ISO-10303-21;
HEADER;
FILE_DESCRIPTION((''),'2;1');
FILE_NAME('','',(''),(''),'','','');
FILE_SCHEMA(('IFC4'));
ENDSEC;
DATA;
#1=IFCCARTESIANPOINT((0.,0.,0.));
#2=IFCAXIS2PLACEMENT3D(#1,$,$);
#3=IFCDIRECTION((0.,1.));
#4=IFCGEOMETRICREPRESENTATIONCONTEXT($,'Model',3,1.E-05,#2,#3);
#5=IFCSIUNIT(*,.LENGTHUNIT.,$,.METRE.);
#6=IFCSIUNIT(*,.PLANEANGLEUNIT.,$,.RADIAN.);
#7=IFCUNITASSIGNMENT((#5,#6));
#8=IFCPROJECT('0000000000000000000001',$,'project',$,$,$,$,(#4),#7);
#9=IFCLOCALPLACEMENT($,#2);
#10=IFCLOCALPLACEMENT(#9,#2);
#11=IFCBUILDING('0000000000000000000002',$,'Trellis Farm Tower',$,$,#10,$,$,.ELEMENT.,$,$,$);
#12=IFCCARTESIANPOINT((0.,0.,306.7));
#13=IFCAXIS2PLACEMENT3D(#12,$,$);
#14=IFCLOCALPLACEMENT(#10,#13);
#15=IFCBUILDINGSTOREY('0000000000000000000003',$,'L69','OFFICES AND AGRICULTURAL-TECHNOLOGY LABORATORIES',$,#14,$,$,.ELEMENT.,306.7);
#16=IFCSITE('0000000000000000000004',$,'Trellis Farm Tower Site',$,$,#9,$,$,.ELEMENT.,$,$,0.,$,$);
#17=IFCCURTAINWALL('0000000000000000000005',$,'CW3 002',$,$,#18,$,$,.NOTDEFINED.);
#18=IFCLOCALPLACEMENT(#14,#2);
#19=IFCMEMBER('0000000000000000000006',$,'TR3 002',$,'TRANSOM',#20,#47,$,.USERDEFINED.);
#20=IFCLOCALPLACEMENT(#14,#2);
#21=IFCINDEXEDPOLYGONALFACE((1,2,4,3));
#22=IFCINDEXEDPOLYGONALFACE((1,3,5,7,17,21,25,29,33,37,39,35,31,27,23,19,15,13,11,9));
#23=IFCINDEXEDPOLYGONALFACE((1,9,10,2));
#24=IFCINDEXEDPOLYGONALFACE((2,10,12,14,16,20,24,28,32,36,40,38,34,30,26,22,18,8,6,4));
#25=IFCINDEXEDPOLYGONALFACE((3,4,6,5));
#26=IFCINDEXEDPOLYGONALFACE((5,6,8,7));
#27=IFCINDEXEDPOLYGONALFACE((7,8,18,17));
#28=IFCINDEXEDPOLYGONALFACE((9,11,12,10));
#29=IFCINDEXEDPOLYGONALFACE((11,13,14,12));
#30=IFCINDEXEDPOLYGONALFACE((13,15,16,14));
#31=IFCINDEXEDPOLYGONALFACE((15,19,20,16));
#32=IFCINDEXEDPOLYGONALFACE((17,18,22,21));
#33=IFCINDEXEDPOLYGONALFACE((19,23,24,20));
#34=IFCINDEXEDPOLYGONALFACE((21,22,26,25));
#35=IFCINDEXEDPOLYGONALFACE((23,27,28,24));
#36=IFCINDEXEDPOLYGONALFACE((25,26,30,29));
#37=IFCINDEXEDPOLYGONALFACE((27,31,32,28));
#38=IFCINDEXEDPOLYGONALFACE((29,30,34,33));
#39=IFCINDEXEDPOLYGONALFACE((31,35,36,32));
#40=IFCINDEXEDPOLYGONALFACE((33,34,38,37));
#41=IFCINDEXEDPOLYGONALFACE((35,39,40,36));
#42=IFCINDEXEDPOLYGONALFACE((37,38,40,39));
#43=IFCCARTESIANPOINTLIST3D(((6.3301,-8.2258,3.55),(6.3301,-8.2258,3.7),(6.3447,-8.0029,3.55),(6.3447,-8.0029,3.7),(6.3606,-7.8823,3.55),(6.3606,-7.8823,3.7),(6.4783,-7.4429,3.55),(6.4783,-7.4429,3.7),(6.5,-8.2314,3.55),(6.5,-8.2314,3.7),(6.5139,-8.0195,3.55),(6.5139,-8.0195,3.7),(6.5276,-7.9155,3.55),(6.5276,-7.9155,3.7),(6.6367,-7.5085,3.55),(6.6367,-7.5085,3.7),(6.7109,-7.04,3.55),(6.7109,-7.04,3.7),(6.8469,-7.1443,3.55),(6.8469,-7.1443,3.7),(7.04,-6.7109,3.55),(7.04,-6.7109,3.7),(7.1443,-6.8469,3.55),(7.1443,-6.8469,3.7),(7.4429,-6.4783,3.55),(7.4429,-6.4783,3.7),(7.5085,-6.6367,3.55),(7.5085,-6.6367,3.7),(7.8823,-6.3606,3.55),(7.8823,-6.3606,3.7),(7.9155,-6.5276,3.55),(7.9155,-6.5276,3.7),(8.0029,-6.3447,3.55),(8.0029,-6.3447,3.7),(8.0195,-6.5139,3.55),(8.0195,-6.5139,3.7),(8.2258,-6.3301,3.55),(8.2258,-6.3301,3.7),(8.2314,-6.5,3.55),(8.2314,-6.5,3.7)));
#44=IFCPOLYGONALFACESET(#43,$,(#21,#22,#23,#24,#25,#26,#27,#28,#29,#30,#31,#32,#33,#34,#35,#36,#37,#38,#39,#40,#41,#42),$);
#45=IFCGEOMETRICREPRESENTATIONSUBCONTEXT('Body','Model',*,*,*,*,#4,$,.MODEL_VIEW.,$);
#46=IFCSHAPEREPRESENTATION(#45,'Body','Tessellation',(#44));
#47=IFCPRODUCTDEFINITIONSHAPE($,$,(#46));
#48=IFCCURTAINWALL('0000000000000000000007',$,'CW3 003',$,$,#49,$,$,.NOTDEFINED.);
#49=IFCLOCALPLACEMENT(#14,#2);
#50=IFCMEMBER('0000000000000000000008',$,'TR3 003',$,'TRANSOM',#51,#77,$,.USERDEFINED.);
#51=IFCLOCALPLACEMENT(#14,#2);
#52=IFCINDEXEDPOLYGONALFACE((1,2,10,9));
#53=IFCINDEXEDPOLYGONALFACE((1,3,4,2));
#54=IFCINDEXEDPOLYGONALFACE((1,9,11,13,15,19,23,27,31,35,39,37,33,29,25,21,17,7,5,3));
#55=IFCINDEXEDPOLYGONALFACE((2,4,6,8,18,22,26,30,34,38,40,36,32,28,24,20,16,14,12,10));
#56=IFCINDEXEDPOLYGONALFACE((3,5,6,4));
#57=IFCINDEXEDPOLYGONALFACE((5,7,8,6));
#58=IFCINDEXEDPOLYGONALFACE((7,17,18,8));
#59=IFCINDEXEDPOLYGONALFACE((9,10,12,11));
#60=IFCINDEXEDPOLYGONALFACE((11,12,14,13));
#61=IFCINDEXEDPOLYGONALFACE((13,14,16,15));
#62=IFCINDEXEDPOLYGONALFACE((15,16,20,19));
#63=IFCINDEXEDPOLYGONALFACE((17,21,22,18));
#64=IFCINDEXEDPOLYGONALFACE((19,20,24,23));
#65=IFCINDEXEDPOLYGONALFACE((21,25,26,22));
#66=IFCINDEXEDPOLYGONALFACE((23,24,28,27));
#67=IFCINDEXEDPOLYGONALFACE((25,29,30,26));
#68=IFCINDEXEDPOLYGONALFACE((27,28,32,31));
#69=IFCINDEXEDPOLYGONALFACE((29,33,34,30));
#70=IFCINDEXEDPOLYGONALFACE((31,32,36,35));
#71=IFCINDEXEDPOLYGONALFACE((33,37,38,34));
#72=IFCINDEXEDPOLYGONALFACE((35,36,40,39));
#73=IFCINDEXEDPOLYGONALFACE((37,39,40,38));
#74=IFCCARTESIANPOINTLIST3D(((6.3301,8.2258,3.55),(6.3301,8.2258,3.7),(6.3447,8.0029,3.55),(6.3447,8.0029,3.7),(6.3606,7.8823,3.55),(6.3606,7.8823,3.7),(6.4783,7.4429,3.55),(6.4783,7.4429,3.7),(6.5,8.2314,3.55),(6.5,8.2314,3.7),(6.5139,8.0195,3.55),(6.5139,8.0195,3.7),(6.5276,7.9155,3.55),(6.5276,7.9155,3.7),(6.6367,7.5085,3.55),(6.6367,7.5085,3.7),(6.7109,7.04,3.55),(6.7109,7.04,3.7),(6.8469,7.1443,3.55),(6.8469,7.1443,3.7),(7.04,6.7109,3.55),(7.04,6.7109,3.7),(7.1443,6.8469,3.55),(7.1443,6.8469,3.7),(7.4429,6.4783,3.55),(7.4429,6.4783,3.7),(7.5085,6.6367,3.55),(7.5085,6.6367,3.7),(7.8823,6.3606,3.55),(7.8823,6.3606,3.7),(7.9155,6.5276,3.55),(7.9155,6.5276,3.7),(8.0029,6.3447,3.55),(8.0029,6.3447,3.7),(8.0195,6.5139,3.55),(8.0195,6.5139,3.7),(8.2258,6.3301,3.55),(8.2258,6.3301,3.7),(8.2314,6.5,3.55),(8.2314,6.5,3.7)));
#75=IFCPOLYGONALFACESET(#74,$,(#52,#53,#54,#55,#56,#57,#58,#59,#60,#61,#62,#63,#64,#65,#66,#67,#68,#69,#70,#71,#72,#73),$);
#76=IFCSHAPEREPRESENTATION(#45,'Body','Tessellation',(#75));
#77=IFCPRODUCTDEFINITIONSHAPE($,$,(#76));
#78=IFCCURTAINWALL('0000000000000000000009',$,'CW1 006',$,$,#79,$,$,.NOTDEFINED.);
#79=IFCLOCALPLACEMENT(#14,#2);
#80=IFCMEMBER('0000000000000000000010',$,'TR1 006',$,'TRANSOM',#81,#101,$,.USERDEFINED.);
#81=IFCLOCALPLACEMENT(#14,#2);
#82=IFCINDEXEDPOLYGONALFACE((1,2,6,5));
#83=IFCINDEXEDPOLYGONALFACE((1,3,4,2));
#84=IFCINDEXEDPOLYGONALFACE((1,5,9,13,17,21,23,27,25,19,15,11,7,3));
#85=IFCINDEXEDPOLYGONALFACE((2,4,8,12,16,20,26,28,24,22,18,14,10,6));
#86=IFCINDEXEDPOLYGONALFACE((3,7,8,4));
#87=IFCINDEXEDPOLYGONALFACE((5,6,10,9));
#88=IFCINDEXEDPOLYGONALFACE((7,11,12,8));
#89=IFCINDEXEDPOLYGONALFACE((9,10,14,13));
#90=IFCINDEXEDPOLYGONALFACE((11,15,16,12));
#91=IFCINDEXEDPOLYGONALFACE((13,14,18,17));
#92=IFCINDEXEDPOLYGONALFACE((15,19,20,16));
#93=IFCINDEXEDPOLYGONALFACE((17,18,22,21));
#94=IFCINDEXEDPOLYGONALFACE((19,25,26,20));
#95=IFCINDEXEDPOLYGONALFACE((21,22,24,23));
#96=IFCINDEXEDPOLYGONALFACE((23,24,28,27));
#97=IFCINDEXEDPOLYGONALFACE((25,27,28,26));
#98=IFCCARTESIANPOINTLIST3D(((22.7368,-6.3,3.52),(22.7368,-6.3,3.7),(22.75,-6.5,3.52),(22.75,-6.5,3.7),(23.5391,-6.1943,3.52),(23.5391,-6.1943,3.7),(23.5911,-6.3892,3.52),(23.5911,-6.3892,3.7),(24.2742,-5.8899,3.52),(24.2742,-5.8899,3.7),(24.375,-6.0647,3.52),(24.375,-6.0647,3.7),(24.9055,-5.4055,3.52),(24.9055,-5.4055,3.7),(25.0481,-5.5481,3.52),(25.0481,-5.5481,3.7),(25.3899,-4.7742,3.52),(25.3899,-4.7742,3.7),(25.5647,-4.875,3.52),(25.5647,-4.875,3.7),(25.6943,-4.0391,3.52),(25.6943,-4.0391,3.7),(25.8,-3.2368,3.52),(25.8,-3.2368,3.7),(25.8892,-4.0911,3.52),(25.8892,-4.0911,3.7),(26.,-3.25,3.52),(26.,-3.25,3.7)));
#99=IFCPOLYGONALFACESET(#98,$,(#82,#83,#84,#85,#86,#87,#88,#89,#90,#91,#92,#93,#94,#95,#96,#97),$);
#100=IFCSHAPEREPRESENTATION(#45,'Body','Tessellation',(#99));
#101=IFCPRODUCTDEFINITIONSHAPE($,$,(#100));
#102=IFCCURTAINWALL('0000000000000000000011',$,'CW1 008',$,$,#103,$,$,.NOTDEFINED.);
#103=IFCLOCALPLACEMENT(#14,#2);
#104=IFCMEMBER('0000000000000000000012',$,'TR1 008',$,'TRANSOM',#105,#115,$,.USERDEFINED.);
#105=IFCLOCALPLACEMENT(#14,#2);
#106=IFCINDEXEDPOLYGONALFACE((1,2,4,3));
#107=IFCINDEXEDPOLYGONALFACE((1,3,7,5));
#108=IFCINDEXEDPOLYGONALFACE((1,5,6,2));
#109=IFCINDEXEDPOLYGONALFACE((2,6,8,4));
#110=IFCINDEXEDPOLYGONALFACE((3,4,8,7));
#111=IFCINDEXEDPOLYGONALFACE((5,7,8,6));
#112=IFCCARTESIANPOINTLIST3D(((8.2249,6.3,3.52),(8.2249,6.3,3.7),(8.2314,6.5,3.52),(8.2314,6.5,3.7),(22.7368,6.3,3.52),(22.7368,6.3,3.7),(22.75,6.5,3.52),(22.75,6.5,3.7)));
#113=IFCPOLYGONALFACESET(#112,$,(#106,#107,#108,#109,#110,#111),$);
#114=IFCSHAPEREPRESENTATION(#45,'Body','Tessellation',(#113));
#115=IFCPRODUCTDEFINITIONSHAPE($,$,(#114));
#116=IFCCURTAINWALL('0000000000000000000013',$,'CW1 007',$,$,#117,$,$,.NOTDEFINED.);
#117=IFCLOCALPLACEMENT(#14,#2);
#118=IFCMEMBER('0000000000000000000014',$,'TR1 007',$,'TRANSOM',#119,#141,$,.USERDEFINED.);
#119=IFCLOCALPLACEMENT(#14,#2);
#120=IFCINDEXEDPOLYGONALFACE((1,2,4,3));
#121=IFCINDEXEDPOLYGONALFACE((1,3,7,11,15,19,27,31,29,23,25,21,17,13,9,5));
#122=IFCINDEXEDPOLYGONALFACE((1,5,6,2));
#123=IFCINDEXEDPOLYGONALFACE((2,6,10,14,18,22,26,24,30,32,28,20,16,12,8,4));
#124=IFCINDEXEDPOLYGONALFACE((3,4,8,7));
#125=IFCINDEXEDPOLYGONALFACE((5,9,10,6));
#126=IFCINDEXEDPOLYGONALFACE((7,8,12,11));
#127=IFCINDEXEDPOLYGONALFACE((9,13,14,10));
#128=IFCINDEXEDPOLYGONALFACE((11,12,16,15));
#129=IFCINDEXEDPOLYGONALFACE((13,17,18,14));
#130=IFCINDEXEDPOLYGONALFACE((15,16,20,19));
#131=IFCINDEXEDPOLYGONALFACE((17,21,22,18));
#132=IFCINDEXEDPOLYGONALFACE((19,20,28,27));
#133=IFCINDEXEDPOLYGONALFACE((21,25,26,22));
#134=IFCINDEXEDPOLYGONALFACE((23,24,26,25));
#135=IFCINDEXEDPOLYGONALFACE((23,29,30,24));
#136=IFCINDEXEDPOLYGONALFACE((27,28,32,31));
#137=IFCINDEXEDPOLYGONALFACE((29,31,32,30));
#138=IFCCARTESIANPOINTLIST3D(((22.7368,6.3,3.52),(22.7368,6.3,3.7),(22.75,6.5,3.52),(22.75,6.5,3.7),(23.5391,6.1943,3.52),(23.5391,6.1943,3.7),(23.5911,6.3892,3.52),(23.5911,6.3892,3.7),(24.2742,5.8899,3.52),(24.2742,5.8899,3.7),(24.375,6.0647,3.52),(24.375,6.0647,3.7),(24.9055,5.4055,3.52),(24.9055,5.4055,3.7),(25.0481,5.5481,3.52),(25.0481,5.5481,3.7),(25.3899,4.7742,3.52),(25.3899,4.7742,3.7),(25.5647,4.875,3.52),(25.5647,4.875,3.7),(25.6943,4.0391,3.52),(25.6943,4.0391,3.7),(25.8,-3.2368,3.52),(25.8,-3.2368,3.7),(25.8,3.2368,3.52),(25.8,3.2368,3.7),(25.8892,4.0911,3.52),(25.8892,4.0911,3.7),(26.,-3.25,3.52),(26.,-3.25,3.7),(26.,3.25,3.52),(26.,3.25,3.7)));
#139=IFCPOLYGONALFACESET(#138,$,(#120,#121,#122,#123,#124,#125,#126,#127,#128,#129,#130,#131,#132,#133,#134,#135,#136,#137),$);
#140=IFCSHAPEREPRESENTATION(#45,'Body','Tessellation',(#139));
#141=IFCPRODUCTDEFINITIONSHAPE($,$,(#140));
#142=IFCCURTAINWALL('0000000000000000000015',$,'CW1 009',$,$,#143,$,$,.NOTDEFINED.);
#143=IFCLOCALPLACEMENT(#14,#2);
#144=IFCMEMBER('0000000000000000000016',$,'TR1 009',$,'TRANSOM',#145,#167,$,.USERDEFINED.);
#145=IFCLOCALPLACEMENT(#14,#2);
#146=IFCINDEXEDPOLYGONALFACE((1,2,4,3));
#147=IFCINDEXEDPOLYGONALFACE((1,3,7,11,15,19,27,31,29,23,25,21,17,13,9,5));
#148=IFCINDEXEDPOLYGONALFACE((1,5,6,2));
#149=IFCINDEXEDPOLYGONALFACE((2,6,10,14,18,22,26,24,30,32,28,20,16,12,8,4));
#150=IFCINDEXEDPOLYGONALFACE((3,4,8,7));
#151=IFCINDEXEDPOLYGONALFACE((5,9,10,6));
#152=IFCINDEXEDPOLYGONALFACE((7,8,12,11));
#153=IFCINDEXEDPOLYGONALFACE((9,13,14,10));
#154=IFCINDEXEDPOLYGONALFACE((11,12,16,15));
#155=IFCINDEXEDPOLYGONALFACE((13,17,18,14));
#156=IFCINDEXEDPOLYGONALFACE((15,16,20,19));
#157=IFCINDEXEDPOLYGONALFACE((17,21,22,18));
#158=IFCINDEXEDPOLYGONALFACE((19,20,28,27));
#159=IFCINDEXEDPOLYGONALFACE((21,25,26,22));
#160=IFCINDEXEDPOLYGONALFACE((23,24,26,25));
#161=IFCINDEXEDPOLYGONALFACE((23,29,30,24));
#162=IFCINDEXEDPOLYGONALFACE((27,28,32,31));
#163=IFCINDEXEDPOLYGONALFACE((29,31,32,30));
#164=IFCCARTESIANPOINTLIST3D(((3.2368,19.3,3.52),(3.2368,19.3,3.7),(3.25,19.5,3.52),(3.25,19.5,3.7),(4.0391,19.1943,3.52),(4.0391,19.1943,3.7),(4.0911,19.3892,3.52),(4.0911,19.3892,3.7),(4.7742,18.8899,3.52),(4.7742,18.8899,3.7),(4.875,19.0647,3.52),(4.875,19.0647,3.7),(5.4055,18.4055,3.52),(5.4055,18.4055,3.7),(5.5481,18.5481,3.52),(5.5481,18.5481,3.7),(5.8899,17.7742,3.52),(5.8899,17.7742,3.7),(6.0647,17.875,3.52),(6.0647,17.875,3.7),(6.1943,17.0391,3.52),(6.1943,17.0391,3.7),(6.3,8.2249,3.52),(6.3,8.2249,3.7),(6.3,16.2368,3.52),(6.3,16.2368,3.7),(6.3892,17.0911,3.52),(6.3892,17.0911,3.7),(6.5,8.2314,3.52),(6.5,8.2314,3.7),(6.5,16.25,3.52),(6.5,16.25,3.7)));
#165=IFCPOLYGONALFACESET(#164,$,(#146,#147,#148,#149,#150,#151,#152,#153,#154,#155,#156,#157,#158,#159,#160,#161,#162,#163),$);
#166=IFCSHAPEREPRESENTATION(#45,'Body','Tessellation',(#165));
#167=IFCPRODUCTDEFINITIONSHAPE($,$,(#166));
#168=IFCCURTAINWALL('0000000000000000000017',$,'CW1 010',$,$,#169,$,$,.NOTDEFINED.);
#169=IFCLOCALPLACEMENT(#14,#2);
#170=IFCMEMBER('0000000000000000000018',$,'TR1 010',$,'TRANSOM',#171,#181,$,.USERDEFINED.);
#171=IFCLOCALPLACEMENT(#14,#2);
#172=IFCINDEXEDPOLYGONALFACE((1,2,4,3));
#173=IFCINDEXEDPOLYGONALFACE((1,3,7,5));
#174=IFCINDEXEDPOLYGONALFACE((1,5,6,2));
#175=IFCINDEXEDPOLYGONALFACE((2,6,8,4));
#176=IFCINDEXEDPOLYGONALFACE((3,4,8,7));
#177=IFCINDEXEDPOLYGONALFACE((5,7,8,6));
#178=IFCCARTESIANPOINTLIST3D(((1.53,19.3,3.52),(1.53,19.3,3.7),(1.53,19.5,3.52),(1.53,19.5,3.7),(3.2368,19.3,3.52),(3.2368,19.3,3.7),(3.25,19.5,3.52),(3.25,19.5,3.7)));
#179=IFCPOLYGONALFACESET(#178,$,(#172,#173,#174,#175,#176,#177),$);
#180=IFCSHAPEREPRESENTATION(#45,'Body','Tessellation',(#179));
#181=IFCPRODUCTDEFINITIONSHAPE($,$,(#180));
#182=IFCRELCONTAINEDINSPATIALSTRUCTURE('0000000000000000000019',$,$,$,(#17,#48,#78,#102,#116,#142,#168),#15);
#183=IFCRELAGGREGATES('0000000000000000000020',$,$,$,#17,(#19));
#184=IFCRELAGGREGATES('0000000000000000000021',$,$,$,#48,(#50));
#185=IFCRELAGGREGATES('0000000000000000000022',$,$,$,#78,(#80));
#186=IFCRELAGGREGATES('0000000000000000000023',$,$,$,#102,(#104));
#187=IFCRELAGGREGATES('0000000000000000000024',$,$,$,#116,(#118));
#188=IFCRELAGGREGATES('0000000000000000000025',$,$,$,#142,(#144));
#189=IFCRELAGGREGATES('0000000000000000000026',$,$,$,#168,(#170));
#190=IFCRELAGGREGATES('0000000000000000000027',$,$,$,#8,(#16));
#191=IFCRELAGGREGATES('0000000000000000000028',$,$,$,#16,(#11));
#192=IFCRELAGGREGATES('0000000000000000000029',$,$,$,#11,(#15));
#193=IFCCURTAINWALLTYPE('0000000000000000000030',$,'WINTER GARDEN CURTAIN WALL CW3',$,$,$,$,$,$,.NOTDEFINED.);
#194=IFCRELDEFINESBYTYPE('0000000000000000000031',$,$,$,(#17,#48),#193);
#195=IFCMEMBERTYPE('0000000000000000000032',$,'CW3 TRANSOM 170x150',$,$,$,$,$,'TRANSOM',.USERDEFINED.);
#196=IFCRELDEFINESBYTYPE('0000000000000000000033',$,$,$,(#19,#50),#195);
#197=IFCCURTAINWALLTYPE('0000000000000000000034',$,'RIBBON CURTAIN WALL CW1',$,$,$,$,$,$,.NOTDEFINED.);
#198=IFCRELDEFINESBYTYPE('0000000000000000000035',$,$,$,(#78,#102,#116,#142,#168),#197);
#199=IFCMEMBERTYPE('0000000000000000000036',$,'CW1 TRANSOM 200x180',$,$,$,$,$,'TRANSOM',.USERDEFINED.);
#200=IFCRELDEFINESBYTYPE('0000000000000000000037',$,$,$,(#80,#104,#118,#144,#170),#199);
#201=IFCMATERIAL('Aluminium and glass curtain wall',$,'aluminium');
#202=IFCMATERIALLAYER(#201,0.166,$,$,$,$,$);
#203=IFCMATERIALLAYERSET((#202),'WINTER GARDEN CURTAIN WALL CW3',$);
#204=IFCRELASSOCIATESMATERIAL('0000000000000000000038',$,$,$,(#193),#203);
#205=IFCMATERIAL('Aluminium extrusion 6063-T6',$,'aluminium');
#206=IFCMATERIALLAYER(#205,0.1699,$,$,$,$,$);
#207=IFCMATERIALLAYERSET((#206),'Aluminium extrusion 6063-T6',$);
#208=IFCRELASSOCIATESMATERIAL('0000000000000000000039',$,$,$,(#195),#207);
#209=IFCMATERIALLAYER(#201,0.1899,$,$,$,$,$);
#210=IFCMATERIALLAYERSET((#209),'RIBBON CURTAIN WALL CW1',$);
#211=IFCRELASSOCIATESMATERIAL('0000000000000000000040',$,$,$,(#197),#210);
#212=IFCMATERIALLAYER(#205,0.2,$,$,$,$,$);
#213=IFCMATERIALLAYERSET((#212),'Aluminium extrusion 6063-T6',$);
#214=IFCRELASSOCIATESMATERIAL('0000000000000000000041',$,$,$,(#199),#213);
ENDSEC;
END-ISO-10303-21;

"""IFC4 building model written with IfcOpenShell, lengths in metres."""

from ifc_helpers import new_model, si_unit, direction, frame, origin, place, context, subcontext, project, spatial, polyline, outline, extrude, source, transform, mapped, material, layer, layer_set, type_object, element, aggregate, save


model = new_model("IFC4")

# Units and contexts
model_context = context("Model", 3, precision=1e-05, world=origin(), true_north=direction((0.0, 1.0)))
body_context = subcontext(model_context, "Body", "Model", "MODEL_VIEW")
ifc_project = project(units=[si_unit("LENGTHUNIT", "METRE"), si_unit("PLANEANGLEUNIT", "RADIAN")], contexts=[model_context])

# Site, building, storey
site_placement = place(None, origin())
site = spatial("IfcSite", under=ifc_project, at=site_placement, Name="Trellis Farm Tower Site", CompositionType="ELEMENT", RefElevation=0.0)
building_placement = place(site_placement, origin())
building = spatial("IfcBuilding", under=site, at=building_placement, Name="Trellis Farm Tower", CompositionType="ELEMENT")
storey_placement = place(building_placement, frame((0.0, 0.0, 306.7)))
storey = spatial("IfcBuildingStorey", under=building, at=storey_placement, Name="L69", Description="OFFICES AND AGRICULTURAL-TECHNOLOGY LABORATORIES", CompositionType="ELEMENT", Elevation=306.7)

# Curtain walls, members
ifc_material_1 = material(Name="Aluminium and glass curtain wall", Category="aluminium")
ifc_layer_1 = layer(ifc_material_1, 0.166)
ifc_layer_set_1 = layer_set([ifc_layer_1], Name="WINTER GARDEN CURTAIN WALL CW3")
curtain_wall_type_1 = type_object("IfcCurtainWallType", Name="WINTER GARDEN CURTAIN WALL CW3", PredefinedType="NOTDEFINED", material=ifc_layer_set_1)
placement_1 = place(storey_placement, origin())
curtain_wall_1 = element("IfcCurtainWall", 1, at=placement_1, inside=storey, type_object=curtain_wall_type_1, Name="CW3 002", PredefinedType="NOTDEFINED")
ifc_material_2 = material(Name="Aluminium extrusion 6063-T6", Category="aluminium")
ifc_layer_2 = layer(ifc_material_2, 0.1699)
ifc_layer_set_2 = layer_set([ifc_layer_2], Name="Aluminium extrusion 6063-T6")
member_type_1 = type_object("IfcMemberType", Name="CW3 TRANSOM 170x150", ElementType="TRANSOM", PredefinedType="USERDEFINED", material=ifc_layer_set_2)
shared_shape_1 = source(origin(), body_context, "Body", "SweptSolid", [
    extrude(outline(polyline([(6.5, -8.2314), (6.5139, -8.0195), (6.5276, -7.9155), (6.6367, -7.5085), (6.8469, -7.1443), (7.1443, -6.8469), (7.5085, -6.6367), (7.9155, -6.5276), (8.0195, -6.5139), (8.2314, -6.5), (8.2258, -6.3301), (8.0029, -6.3447), (7.8823, -6.3606), (7.4429, -6.4783), (7.04, -6.7109), (6.7109, -7.04), (6.4783, -7.4429), (6.3606, -7.8823), (6.3447, -8.0029), (6.3301, -8.2258), (6.5, -8.2314)])), origin(), (0.0, 0.0, 1.0), 0.1499),
])
placement_2 = place(storey_placement, frame((0.0, 0.0, 3.55)))
member_1 = element("IfcMember", 2, at=placement_2, type_object=member_type_1, Name="TR3 002", ObjectType="TRANSOM", PredefinedType="USERDEFINED", context=body_context, shape_type="MappedRepresentation", body=[
    mapped(shared_shape_1, transform((0.0, 0.0, 0.0))),
])
aggregate(curtain_wall_1, [member_1])
curtain_wall_2 = element("IfcCurtainWall", 3, at=placement_1, inside=storey, type_object=curtain_wall_type_1, Name="CW3 003", PredefinedType="NOTDEFINED")
shared_shape_2 = source(origin(), body_context, "Body", "SweptSolid", [
    extrude(outline(polyline([(8.2314, 6.5), (8.0195, 6.5139), (7.9155, 6.5276), (7.5085, 6.6367), (7.1443, 6.8469), (6.8469, 7.1443), (6.6367, 7.5085), (6.5276, 7.9155), (6.5139, 8.0195), (6.5, 8.2314), (6.3301, 8.2258), (6.3447, 8.0029), (6.3606, 7.8823), (6.4783, 7.4429), (6.7109, 7.04), (7.04, 6.7109), (7.4429, 6.4783), (7.8823, 6.3606), (8.0029, 6.3447), (8.2258, 6.3301), (8.2314, 6.5)])), origin(), (0.0, 0.0, 1.0), 0.1499),
])
member_2 = element("IfcMember", 4, at=placement_2, type_object=member_type_1, Name="TR3 003", ObjectType="TRANSOM", PredefinedType="USERDEFINED", context=body_context, shape_type="MappedRepresentation", body=[
    mapped(shared_shape_2, transform((0.0, 0.0, 0.0))),
])
ifc_layer_3 = layer(ifc_material_1, 0.1899)
ifc_layer_set_3 = layer_set([ifc_layer_3], Name="RIBBON CURTAIN WALL CW1")
curtain_wall_type_2 = type_object("IfcCurtainWallType", Name="RIBBON CURTAIN WALL CW1", PredefinedType="NOTDEFINED", material=ifc_layer_set_3)
curtain_wall_3 = element("IfcCurtainWall", 5, at=placement_1, inside=storey, type_object=curtain_wall_type_2, Name="CW1 006", PredefinedType="NOTDEFINED")
ifc_layer_4 = layer(ifc_material_2, 0.2)
ifc_layer_set_4 = layer_set([ifc_layer_4], Name="Aluminium extrusion 6063-T6")
member_type_2 = type_object("IfcMemberType", Name="CW1 TRANSOM 200x180", ElementType="TRANSOM", PredefinedType="USERDEFINED", material=ifc_layer_set_4)
shared_shape_3 = source(origin(), body_context, "Body", "SweptSolid", [
    extrude(outline(polyline([(22.75, -6.5), (23.5911, -6.3892), (24.375, -6.0647), (25.0481, -5.5481), (25.5647, -4.875), (25.8892, -4.0911), (26.0, -3.25), (25.8, -3.2368), (25.6943, -4.0391), (25.3899, -4.7742), (24.9055, -5.4055), (24.2742, -5.8899), (23.5391, -6.1943), (22.7368, -6.3), (22.75, -6.5)])), origin(), (0.0, 0.0, 1.0), 0.1799),
])
placement_3 = place(storey_placement, frame((0.0, 0.0, 3.52)))
member_3 = element("IfcMember", 6, at=placement_3, type_object=member_type_2, Name="TR1 006", ObjectType="TRANSOM", PredefinedType="USERDEFINED", context=body_context, shape_type="MappedRepresentation", body=[
    mapped(shared_shape_3, transform((0.0, 0.0, 0.0))),
])
curtain_wall_4 = element("IfcCurtainWall", 7, at=placement_1, inside=storey, type_object=curtain_wall_type_2, Name="CW1 008", PredefinedType="NOTDEFINED")
shared_shape_4 = source(origin(), body_context, "Body", "SweptSolid", [
    extrude(outline(polyline([(22.75, 6.5), (8.2314, 6.5), (8.2249, 6.3), (22.7368, 6.3), (22.75, 6.5)])), origin(), (0.0, 0.0, 1.0), 0.1799),
])
member_4 = element("IfcMember", 8, at=placement_3, type_object=member_type_2, Name="TR1 008", ObjectType="TRANSOM", PredefinedType="USERDEFINED", context=body_context, shape_type="MappedRepresentation", body=[
    mapped(shared_shape_4, transform((0.0, 0.0, 0.0))),
])
curtain_wall_5 = element("IfcCurtainWall", 9, at=placement_1, inside=storey, type_object=curtain_wall_type_2, Name="CW1 007", PredefinedType="NOTDEFINED")
shared_shape_5 = source(origin(), body_context, "Body", "SweptSolid", [
    extrude(outline(polyline([(26.0, -3.25), (26.0, 3.25), (25.8892, 4.0911), (25.5647, 4.875), (25.0481, 5.5481), (24.375, 6.0647), (23.5911, 6.3892), (22.75, 6.5), (22.7368, 6.3), (23.5391, 6.1943), (24.2742, 5.8899), (24.9055, 5.4055), (25.3899, 4.7742), (25.6943, 4.0391), (25.8, 3.2368), (25.8, -3.2368), (26.0, -3.25)])), origin(), (0.0, 0.0, 1.0), 0.1799),
])
member_5 = element("IfcMember", 10, at=placement_3, type_object=member_type_2, Name="TR1 007", ObjectType="TRANSOM", PredefinedType="USERDEFINED", context=body_context, shape_type="MappedRepresentation", body=[
    mapped(shared_shape_5, transform((0.0, 0.0, 0.0))),
])
curtain_wall_6 = element("IfcCurtainWall", 11, at=placement_1, inside=storey, type_object=curtain_wall_type_2, Name="CW1 009", PredefinedType="NOTDEFINED")
shared_shape_6 = source(origin(), body_context, "Body", "SweptSolid", [
    extrude(outline(polyline([(6.5, 8.2314), (6.5, 16.25), (6.3892, 17.0911), (6.0647, 17.875), (5.5481, 18.5481), (4.875, 19.0647), (4.0911, 19.3892), (3.25, 19.5), (3.2368, 19.3), (4.0391, 19.1943), (4.7742, 18.8899), (5.4055, 18.4055), (5.8899, 17.7742), (6.1943, 17.0391), (6.3, 16.2368), (6.3, 8.2249), (6.5, 8.2314)])), origin(), (0.0, 0.0, 1.0), 0.1799),
])
member_6 = element("IfcMember", 12, at=placement_3, type_object=member_type_2, Name="TR1 009", ObjectType="TRANSOM", PredefinedType="USERDEFINED", context=body_context, shape_type="MappedRepresentation", body=[
    mapped(shared_shape_6, transform((0.0, 0.0, 0.0))),
])
curtain_wall_7 = element("IfcCurtainWall", 13, at=placement_1, inside=storey, type_object=curtain_wall_type_2, Name="CW1 010", PredefinedType="NOTDEFINED")
shared_shape_7 = source(origin(), body_context, "Body", "SweptSolid", [
    extrude(outline(polyline([(3.25, 19.5), (1.53, 19.5), (1.53, 19.3), (3.2368, 19.3), (3.25, 19.5)])), origin(), (0.0, 0.0, 1.0), 0.1799),
])
member_7 = element("IfcMember", 14, at=placement_3, type_object=member_type_2, Name="TR1 010", ObjectType="TRANSOM", PredefinedType="USERDEFINED", context=body_context, shape_type="MappedRepresentation", body=[
    mapped(shared_shape_7, transform((0.0, 0.0, 0.0))),
])

aggregate(curtain_wall_2, [member_2])
aggregate(curtain_wall_3, [member_3])
aggregate(curtain_wall_4, [member_4])
aggregate(curtain_wall_5, [member_5])
aggregate(curtain_wall_6, [member_6])
aggregate(curtain_wall_7, [member_7])

save(model, "model.ifc")
